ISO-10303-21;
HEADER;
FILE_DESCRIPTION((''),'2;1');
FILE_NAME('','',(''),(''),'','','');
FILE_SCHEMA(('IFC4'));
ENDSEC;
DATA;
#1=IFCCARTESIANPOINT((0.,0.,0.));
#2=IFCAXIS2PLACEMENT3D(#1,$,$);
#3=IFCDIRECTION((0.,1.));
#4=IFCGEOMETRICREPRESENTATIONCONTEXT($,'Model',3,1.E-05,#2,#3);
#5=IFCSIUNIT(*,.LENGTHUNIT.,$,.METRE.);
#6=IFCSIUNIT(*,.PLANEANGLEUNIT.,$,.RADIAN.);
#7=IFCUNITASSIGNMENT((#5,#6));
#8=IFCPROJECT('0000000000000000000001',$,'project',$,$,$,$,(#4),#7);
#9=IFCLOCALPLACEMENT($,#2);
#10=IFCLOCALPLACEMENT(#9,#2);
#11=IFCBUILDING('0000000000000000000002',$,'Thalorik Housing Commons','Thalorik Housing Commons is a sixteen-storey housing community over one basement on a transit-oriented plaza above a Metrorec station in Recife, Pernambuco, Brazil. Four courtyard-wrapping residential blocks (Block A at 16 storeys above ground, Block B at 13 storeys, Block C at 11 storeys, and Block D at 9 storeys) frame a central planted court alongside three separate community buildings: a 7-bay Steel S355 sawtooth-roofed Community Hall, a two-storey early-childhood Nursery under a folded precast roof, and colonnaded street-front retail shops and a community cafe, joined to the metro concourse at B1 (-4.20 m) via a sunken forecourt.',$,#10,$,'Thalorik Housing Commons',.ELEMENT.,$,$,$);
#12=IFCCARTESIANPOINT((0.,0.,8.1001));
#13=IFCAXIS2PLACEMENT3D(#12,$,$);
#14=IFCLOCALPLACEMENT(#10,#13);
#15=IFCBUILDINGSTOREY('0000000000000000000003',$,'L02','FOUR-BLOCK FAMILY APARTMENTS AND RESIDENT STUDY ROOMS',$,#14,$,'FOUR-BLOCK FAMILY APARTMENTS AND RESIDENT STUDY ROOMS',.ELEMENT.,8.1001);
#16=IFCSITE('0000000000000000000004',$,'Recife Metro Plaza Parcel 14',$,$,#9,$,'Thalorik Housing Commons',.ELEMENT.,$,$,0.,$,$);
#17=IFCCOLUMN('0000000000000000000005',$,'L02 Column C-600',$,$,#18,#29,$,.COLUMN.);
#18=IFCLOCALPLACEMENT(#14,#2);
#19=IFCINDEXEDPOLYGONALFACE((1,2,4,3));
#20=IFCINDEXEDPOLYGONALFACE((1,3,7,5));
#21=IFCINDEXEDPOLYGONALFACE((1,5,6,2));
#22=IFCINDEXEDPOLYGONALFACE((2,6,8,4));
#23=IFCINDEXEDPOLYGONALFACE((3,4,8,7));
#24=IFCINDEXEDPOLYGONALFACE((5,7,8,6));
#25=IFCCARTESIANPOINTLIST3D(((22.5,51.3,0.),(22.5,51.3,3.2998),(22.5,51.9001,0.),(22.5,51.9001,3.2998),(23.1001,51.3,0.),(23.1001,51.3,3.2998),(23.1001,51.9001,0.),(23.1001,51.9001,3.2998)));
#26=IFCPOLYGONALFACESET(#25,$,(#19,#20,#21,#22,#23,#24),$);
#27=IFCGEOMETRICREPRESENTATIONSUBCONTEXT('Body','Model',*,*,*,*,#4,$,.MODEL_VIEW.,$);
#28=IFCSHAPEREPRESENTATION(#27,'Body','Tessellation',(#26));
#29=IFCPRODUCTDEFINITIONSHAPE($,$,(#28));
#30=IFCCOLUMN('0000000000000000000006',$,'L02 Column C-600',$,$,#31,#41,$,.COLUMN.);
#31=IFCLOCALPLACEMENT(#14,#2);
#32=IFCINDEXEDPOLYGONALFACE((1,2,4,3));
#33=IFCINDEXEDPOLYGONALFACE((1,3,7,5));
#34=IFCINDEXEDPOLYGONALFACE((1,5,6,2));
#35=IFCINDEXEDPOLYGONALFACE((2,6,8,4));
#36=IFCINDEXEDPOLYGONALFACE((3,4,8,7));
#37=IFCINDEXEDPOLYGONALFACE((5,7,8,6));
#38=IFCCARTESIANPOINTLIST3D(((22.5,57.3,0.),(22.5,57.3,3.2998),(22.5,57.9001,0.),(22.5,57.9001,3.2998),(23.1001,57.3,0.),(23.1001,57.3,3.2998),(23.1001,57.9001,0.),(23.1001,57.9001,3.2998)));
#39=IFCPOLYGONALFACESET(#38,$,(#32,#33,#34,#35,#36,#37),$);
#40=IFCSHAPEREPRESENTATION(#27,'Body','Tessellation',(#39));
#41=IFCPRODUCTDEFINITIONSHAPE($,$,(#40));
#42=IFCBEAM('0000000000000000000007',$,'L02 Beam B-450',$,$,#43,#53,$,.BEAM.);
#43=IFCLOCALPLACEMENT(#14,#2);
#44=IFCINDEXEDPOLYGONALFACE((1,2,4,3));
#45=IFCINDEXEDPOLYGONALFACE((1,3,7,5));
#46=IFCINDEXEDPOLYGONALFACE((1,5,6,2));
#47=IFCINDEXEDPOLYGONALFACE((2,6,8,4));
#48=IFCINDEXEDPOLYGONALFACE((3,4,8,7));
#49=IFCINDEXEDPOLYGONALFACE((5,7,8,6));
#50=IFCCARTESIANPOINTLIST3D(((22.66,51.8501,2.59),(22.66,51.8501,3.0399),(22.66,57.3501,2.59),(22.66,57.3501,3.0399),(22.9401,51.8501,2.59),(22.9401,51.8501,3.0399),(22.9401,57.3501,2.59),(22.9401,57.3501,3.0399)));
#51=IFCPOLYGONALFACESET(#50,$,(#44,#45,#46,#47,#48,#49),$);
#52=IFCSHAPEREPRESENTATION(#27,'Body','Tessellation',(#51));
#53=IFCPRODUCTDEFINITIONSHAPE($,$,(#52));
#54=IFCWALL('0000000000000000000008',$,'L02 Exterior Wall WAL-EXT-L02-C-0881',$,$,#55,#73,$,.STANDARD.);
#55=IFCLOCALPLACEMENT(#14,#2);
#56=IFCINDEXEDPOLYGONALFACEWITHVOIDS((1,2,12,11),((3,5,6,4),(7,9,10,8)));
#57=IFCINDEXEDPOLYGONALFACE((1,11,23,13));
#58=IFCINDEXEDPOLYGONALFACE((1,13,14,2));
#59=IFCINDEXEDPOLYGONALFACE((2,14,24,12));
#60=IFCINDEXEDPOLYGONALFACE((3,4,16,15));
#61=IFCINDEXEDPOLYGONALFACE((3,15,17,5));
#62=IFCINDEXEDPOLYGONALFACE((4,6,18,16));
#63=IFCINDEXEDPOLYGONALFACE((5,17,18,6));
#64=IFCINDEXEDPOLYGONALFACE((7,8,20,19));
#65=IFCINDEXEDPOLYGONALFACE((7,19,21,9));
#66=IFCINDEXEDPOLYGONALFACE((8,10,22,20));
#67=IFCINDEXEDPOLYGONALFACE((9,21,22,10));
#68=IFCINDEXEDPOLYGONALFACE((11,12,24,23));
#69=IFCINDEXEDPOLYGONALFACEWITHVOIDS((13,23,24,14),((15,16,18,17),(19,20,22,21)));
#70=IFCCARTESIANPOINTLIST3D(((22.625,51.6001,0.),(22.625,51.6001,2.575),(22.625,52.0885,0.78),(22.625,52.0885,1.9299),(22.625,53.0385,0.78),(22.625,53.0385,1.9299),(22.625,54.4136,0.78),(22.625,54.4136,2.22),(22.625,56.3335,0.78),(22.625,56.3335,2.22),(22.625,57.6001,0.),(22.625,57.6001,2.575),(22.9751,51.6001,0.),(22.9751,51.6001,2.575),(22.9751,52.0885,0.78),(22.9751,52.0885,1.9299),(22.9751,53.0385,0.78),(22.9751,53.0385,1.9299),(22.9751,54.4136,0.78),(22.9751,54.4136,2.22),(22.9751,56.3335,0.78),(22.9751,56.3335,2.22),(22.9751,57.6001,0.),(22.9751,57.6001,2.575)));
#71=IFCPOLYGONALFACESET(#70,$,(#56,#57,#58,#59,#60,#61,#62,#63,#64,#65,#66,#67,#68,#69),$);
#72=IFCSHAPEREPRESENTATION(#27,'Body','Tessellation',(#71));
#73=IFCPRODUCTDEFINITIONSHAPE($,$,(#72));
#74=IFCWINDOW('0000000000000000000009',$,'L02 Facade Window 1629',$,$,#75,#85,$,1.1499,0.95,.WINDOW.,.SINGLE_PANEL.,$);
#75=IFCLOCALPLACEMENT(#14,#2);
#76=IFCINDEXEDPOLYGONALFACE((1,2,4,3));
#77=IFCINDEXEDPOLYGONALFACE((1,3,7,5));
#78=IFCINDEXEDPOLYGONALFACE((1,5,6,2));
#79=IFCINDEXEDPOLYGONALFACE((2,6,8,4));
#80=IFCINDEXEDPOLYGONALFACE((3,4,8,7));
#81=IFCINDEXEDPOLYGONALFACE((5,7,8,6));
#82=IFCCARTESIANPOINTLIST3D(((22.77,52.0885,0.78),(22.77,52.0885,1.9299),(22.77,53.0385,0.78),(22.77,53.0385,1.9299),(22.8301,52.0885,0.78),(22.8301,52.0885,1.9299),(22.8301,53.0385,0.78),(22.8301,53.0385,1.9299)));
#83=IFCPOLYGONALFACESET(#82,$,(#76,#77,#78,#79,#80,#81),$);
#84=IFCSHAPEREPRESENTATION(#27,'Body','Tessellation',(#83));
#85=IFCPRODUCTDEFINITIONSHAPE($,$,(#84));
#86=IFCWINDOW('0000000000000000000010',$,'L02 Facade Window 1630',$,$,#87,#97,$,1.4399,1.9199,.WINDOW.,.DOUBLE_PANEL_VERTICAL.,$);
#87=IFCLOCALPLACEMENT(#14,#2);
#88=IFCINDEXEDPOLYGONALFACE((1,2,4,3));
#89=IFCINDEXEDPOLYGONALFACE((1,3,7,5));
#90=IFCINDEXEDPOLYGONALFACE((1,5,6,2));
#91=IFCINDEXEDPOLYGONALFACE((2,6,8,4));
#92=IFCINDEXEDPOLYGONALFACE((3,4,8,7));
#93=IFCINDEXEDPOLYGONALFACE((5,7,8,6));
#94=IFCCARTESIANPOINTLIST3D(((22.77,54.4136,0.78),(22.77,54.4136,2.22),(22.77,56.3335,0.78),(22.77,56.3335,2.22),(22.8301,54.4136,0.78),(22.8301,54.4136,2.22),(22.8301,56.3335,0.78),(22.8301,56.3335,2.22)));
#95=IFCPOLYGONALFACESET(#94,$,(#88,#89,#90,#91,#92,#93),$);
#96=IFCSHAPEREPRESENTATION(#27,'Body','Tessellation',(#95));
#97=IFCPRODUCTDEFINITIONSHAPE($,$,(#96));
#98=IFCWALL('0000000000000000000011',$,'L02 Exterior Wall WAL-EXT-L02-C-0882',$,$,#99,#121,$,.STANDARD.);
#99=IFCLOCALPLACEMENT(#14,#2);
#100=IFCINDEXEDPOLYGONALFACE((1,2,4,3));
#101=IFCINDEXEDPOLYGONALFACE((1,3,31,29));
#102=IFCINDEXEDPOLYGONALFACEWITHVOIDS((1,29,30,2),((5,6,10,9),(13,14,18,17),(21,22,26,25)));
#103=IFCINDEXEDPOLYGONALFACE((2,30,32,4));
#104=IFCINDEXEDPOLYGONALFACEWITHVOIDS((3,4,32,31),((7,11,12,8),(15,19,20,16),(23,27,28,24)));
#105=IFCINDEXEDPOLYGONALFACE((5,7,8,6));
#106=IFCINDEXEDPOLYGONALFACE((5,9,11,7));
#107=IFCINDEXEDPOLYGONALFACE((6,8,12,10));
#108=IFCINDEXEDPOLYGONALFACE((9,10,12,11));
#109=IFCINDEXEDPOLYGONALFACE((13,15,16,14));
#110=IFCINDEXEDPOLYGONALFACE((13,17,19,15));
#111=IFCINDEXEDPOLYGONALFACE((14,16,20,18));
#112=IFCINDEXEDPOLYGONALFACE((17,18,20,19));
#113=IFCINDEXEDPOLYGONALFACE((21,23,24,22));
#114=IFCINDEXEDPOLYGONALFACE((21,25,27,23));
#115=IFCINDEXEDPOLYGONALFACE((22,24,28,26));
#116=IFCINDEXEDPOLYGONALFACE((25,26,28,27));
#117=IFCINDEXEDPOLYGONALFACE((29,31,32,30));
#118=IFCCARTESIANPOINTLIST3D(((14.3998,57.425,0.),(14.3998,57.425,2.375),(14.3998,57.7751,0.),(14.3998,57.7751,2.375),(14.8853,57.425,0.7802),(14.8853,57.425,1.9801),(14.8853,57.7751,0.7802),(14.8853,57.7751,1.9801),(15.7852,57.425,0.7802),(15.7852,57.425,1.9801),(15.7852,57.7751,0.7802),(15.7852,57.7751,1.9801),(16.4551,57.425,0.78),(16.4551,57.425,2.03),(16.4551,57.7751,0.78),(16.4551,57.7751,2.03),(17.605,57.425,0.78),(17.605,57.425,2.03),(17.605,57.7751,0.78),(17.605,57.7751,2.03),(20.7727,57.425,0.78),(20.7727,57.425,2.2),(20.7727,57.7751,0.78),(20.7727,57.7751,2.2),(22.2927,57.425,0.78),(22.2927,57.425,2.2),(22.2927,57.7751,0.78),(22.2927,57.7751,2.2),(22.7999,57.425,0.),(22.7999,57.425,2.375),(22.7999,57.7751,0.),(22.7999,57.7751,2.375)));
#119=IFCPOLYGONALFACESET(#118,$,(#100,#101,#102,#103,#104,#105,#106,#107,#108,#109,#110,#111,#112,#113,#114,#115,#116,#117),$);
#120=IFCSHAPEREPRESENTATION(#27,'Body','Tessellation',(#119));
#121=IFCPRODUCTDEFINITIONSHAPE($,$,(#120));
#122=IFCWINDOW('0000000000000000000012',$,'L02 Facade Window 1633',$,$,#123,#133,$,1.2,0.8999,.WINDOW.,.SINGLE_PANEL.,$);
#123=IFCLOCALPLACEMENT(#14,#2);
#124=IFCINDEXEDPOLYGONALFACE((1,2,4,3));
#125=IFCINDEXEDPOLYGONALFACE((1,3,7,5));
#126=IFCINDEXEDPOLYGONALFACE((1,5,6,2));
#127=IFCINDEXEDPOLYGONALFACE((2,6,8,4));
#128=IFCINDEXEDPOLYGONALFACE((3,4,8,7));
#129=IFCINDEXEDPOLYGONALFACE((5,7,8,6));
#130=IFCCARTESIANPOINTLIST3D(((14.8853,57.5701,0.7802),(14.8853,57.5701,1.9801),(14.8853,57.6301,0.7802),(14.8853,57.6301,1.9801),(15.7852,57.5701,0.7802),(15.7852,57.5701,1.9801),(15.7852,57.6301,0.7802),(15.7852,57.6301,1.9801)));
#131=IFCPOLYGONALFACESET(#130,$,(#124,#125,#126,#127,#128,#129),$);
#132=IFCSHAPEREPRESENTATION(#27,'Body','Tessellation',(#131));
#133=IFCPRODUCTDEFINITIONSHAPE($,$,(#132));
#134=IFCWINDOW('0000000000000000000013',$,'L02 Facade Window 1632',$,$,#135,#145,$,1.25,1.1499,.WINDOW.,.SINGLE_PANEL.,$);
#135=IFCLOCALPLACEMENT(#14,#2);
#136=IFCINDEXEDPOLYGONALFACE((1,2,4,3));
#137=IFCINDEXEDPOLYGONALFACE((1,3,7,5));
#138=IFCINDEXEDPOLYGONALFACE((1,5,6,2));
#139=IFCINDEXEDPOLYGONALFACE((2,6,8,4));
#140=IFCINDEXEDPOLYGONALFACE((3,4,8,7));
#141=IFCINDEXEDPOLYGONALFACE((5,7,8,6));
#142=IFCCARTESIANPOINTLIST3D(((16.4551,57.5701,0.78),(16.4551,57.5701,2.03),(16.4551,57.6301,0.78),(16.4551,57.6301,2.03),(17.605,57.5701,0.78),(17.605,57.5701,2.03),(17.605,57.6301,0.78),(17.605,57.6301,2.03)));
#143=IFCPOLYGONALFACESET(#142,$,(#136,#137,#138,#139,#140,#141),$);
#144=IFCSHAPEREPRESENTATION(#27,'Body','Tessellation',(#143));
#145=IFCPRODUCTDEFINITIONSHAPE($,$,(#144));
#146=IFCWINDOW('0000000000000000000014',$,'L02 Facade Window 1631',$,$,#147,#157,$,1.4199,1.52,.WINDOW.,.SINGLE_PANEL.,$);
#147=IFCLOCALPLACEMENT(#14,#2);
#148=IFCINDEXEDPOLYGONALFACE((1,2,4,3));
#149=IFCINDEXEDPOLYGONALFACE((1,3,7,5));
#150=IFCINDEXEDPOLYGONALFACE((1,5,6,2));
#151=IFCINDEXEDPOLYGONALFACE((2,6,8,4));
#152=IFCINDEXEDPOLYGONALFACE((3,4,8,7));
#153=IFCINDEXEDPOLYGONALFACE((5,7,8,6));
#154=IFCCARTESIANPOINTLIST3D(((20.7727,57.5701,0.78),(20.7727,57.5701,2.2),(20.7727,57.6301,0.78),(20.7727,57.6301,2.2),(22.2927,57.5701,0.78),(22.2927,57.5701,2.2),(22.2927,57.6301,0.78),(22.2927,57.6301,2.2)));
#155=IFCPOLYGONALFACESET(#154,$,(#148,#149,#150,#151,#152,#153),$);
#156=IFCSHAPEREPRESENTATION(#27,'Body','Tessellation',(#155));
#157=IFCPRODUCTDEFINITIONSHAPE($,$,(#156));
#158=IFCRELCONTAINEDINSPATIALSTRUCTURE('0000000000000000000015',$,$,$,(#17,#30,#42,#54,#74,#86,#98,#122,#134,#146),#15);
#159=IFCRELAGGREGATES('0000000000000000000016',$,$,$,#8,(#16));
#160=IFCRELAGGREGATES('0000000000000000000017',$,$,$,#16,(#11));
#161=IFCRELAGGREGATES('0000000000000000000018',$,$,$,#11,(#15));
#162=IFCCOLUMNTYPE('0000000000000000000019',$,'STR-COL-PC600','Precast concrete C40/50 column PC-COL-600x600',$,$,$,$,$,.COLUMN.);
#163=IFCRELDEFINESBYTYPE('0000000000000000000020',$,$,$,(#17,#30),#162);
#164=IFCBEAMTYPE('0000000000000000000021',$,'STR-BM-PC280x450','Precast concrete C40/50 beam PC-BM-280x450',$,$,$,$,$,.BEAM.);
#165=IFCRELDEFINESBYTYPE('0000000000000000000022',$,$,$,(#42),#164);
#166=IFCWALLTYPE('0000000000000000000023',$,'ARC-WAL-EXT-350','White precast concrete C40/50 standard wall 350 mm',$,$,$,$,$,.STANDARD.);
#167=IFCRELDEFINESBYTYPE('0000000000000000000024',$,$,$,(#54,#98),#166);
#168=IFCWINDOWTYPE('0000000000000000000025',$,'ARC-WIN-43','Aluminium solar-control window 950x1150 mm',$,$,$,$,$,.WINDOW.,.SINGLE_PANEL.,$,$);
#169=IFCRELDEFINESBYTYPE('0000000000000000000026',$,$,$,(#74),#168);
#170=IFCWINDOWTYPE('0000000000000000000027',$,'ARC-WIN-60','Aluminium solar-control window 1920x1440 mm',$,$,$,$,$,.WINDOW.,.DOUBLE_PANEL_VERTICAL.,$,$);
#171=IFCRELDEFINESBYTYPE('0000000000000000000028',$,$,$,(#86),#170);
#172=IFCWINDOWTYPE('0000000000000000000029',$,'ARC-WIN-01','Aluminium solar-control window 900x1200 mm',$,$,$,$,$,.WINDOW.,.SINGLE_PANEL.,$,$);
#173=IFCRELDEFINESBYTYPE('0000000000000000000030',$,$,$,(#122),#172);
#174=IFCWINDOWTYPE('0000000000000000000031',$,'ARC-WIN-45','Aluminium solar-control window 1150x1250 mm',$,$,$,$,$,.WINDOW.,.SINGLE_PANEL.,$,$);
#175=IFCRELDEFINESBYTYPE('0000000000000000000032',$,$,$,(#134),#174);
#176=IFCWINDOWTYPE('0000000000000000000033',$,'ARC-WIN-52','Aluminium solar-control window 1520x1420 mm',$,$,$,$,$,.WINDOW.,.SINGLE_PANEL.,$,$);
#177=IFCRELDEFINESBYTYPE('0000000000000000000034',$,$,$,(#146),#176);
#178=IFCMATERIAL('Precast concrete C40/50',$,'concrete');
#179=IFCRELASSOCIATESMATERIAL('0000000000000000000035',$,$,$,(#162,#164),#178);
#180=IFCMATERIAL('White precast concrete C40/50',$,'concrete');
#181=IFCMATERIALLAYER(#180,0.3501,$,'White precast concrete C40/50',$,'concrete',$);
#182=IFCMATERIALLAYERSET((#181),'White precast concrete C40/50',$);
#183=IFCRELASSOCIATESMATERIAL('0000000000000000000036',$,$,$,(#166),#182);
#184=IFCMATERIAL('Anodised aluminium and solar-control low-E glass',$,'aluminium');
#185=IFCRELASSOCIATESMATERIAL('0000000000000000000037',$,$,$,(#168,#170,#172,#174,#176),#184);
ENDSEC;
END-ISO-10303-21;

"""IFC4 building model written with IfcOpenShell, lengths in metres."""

from ifc_helpers import new_model, si_unit, direction, frame, frame_2d, origin, origin_2d, place, context, subcontext, project, spatial, rectangle, extrude, material, layer, layer_set, material_profile, profile_set, type_object, element, fill, save


model = new_model("IFC4")

# Units and contexts
model_context = context("Model", 3, precision=1e-05, world=origin(), true_north=direction((0.0, 1.0)))
body_context = subcontext(model_context, "Body", "Model", "MODEL_VIEW")
ifc_project = project(units=[si_unit("LENGTHUNIT", "METRE"), si_unit("PLANEANGLEUNIT", "RADIAN")], contexts=[model_context])

# Site, building, storey
site_placement = place(None, origin())
site = spatial("IfcSite", under=ifc_project, at=site_placement, Name="Recife Metro Plaza Parcel 14", LongName="Thalorik Housing Commons", CompositionType="ELEMENT", RefElevation=0.0)
building_placement = place(site_placement, origin())
building = spatial("IfcBuilding", under=site, at=building_placement, Name="Thalorik Housing Commons", Description="Thalorik Housing Commons is a sixteen-storey housing community over one basement on a transit-oriented plaza above a Metrorec station in Recife, Pernambuco, Brazil. Four courtyard-wrapping residential blocks (Block A at 16 storeys above ground, Block B at 13 storeys, Block C at 11 storeys, and Block D at 9 storeys) frame a central planted court alongside three separate community buildings: a 7-bay Steel S355 sawtooth-roofed Community Hall, a two-storey early-childhood Nursery under a folded precast roof, and colonnaded street-front retail shops and a community cafe, joined to the metro concourse at B1 (-4.20 m) via a sunken forecourt.", LongName="Thalorik Housing Commons", CompositionType="ELEMENT")
storey_placement = place(building_placement, frame((0.0, 0.0, 8.1001)))
storey = spatial("IfcBuildingStorey", under=building, at=storey_placement, Name="L02", Description="FOUR-BLOCK FAMILY APARTMENTS AND RESIDENT STUDY ROOMS", LongName="FOUR-BLOCK FAMILY APARTMENTS AND RESIDENT STUDY ROOMS", CompositionType="ELEMENT", Elevation=8.1001)

# Columns
ifc_material_1 = material(Name="Precast concrete C40/50", Category="concrete")
ifc_material_profile_1 = material_profile(ifc_material_1, rectangle(XDim=0.6001, YDim=0.6001, at=origin_2d()), Name="PC 600x600", Category="concrete")
ifc_profile_set_1 = profile_set([ifc_material_profile_1], Name="Precast concrete C40/50")
column_type = type_object("IfcColumnType", Name="STR-COL-PC600", Description="Precast concrete C40/50 column PC-COL-600x600", PredefinedType="COLUMN", material=ifc_profile_set_1)
for number, where, z_axis, x_axis, name in (
    (1, (22.8, 51.6001, 0.0), (0.0, 0.0, 1.0), (1.0, 0.0, 0.0), "L02 Column C-600"),
    (2, (22.8, 57.6001, 0.0), (0.0, 0.0, 1.0), (1.0, 0.0, 0.0), "L02 Column C-600"),
):
    element("IfcColumn", number, at=place(storey_placement, frame(where, z_axis=z_axis, x_axis=x_axis)), inside=storey, type_object=column_type, Name=name, PredefinedType="COLUMN", context=body_context, shape_type="SweptSolid", body=[
        extrude(rectangle(XDim=0.6001, YDim=0.6001, at=origin_2d()), origin(), (0.0, 0.0, 1.0), 3.2998),
    ])

# Beam
ifc_material_profile_2 = material_profile(ifc_material_1, rectangle(XDim=0.28, YDim=0.45, at=origin_2d()), Name="PC 280x450", Category="concrete")
ifc_profile_set_2 = profile_set([ifc_material_profile_2], Name="Precast concrete C40/50")
beam_type = type_object("IfcBeamType", Name="STR-BM-PC280x450", Description="Precast concrete C40/50 beam PC-BM-280x450", PredefinedType="BEAM", material=ifc_profile_set_2)
beam_placement = place(storey_placement, frame((22.8, 51.8501, 2.8149), z_axis=(0.0, 1.0, 0.0), x_axis=(-1.0, 0.0, 0.0)))
element("IfcBeam", 3, at=beam_placement, inside=storey, type_object=beam_type, Name="L02 Beam B-450", PredefinedType="BEAM", context=body_context, shape_type="SweptSolid", body=[
    extrude(rectangle(XDim=0.28, YDim=0.45, at=origin_2d()), origin(), (0.0, 0.0, 1.0), 5.5),
])

# Walls, openings, windows
ifc_material_2 = material(Name="White precast concrete C40/50", Category="concrete")
ifc_layer_1 = layer(ifc_material_2, 0.3501, Name="White precast concrete C40/50", Category="concrete")
ifc_layer_set_1 = layer_set([ifc_layer_1], Name="White precast concrete C40/50")
wall_type_1 = type_object("IfcWallType", Name="ARC-WAL-EXT-350", Description="White precast concrete C40/50 standard wall 350 mm", PredefinedType="STANDARD", material=ifc_layer_set_1)
wall_1_placement = place(storey_placement, frame((22.8, 51.6001, 0.0), z_axis=(0.0, 0.0, 1.0), x_axis=(0.0, 1.0, 0.0)))
wall_1 = element("IfcWall", 4, at=wall_1_placement, inside=storey, type_object=wall_type_1, Name="L02 Exterior Wall WAL-EXT-L02-C-0881", PredefinedType="STANDARD", context=body_context, shape_type="SweptSolid", body=[
    extrude(rectangle(XDim=6.0, YDim=0.3501, at=frame_2d((3.0, 0.0))), origin(), (0.0, 0.0, 1.0), 2.575),
])
opening_1_placement = place(wall_1_placement, frame((0.4883, 0.0, 0.78)))
opening_1 = element("IfcOpeningElement", 5, at=opening_1_placement, cuts=wall_1, PredefinedType="OPENING", context=body_context, shape_type="SweptSolid", body=[
    extrude(rectangle(XDim=0.95, YDim=1.1499, at=frame_2d((0.4751, 0.575))), frame((0.0, 0.1851, 0.0), z_axis=(0.0, -1.0, 0.0), x_axis=(1.0, 0.0, 0.0)), (0.0, 0.0, 1.0), 0.3701),
])
opening_2_placement = place(wall_1_placement, frame((2.8135, 0.0, 0.78)))
opening_2 = element("IfcOpeningElement", 6, at=opening_2_placement, cuts=wall_1, PredefinedType="OPENING", context=body_context, shape_type="SweptSolid", body=[
    extrude(rectangle(XDim=1.9199, YDim=1.4399, at=frame_2d((0.96, 0.72))), frame((0.0, 0.1851, 0.0), z_axis=(0.0, -1.0, 0.0), x_axis=(1.0, 0.0, 0.0)), (0.0, 0.0, 1.0), 0.3701),
])
ifc_material_3 = material(Name="Anodised aluminium and solar-control low-E glass", Category="aluminium")
window_type_1 = type_object("IfcWindowType", Name="ARC-WIN-43", Description="Aluminium solar-control window 950x1150 mm", PartitioningType="SINGLE_PANEL", PredefinedType="WINDOW", material=ifc_material_3)
window_1_placement = place(opening_1_placement, origin())
window_1 = element("IfcWindow", 7, at=window_1_placement, inside=storey, type_object=window_type_1, Name="L02 Facade Window 1629", OverallHeight=1.1499, OverallWidth=0.95, PartitioningType="SINGLE_PANEL", PredefinedType="WINDOW", context=body_context, shape_type="SweptSolid", body=[
    extrude(rectangle(XDim=0.95, YDim=1.1499, at=frame_2d((0.4751, 0.575))), frame((0.0, 0.03, 0.0), z_axis=(0.0, -1.0, 0.0), x_axis=(1.0, 0.0, 0.0)), (0.0, 0.0, 1.0), 0.0601),
])
fill(opening_1, window_1)
window_type_2 = type_object("IfcWindowType", Name="ARC-WIN-60", Description="Aluminium solar-control window 1920x1440 mm", PartitioningType="DOUBLE_PANEL_VERTICAL", PredefinedType="WINDOW", material=ifc_material_3)
window_2_placement = place(opening_2_placement, origin())
window_2 = element("IfcWindow", 8, at=window_2_placement, inside=storey, type_object=window_type_2, Name="L02 Facade Window 1630", OverallHeight=1.4399, OverallWidth=1.9199, PartitioningType="DOUBLE_PANEL_VERTICAL", PredefinedType="WINDOW", context=body_context, shape_type="SweptSolid", body=[
    extrude(rectangle(XDim=1.9199, YDim=1.4399, at=frame_2d((0.96, 0.72))), frame((0.0, 0.03, 0.0), z_axis=(0.0, -1.0, 0.0), x_axis=(1.0, 0.0, 0.0)), (0.0, 0.0, 1.0), 0.0601),
])
fill(opening_2, window_2)
wall_2_placement = place(storey_placement, frame((22.8, 57.6001, 0.0), z_axis=(0.0, 0.0, 1.0), x_axis=(-1.0, 0.0, 0.0)))
wall_2 = element("IfcWall", 9, at=wall_2_placement, inside=storey, type_object=wall_type_1, Name="L02 Exterior Wall WAL-EXT-L02-C-0882", PredefinedType="STANDARD", context=body_context, shape_type="SweptSolid", body=[
    extrude(rectangle(XDim=8.4001, YDim=0.3501, at=frame_2d((4.2002, 0.0))), origin(), (0.0, 0.0, 1.0), 2.375),
])
opening_3_placement = place(wall_2_placement, frame((0.5073, 0.0, 0.78)))
opening_3 = element("IfcOpeningElement", 10, at=opening_3_placement, cuts=wall_2, PredefinedType="OPENING", context=body_context, shape_type="SweptSolid", body=[
    extrude(rectangle(XDim=1.52, YDim=1.4199, at=frame_2d((0.76, 0.71))), frame((0.0, 0.1851, 0.0), z_axis=(0.0, -1.0, 0.0), x_axis=(1.0, 0.0, 0.0)), (0.0, 0.0, 1.0), 0.3701),
])
opening_4_placement = place(wall_2_placement, frame((5.1951, 0.0, 0.78)))
opening_4 = element("IfcOpeningElement", 11, at=opening_4_placement, cuts=wall_2, PredefinedType="OPENING", context=body_context, shape_type="SweptSolid", body=[
    extrude(rectangle(XDim=1.1499, YDim=1.25, at=frame_2d((0.575, 0.625))), frame((0.0, 0.1851, 0.0), z_axis=(0.0, -1.0, 0.0), x_axis=(1.0, 0.0, 0.0)), (0.0, 0.0, 1.0), 0.3701),
])
opening_5_placement = place(wall_2_placement, frame((7.0149, 0.0, 0.78)))
opening_5 = element("IfcOpeningElement", 12, at=opening_5_placement, cuts=wall_2, PredefinedType="OPENING", context=body_context, shape_type="SweptSolid", body=[
    extrude(rectangle(XDim=0.8999, YDim=1.2, at=frame_2d((0.45, 0.6001))), frame((0.0, 0.1851, 0.0), z_axis=(0.0, -1.0, 0.0), x_axis=(1.0, 0.0, 0.0)), (0.0, 0.0, 1.0), 0.3701),
])
window_type_3 = type_object("IfcWindowType", Name="ARC-WIN-01", Description="Aluminium solar-control window 900x1200 mm", PartitioningType="SINGLE_PANEL", PredefinedType="WINDOW", material=ifc_material_3)
window_3_placement = place(opening_5_placement, origin())
window_3 = element("IfcWindow", 13, at=window_3_placement, inside=storey, type_object=window_type_3, Name="L02 Facade Window 1633", OverallHeight=1.2, OverallWidth=0.8999, PartitioningType="SINGLE_PANEL", PredefinedType="WINDOW", context=body_context, shape_type="SweptSolid", body=[
    extrude(rectangle(XDim=0.8999, YDim=1.2, at=frame_2d((0.45, 0.6001))), frame((0.0, 0.03, 0.0), z_axis=(0.0, -1.0, 0.0), x_axis=(1.0, 0.0, 0.0)), (0.0, 0.0, 1.0), 0.0601),
])
fill(opening_5, window_3)
window_type_4 = type_object("IfcWindowType", Name="ARC-WIN-45", Description="Aluminium solar-control window 1150x1250 mm", PartitioningType="SINGLE_PANEL", PredefinedType="WINDOW", material=ifc_material_3)
window_4_placement = place(opening_4_placement, origin())
window_4 = element("IfcWindow", 14, at=window_4_placement, inside=storey, type_object=window_type_4, Name="L02 Facade Window 1632", OverallHeight=1.25, OverallWidth=1.1499, PartitioningType="SINGLE_PANEL", PredefinedType="WINDOW", context=body_context, shape_type="SweptSolid", body=[
    extrude(rectangle(XDim=1.1499, YDim=1.25, at=frame_2d((0.575, 0.625))), frame((0.0, 0.03, 0.0), z_axis=(0.0, -1.0, 0.0), x_axis=(1.0, 0.0, 0.0)), (0.0, 0.0, 1.0), 0.0601),
])
fill(opening_4, window_4)
window_type_5 = type_object("IfcWindowType", Name="ARC-WIN-52", Description="Aluminium solar-control window 1520x1420 mm", PartitioningType="SINGLE_PANEL", PredefinedType="WINDOW", material=ifc_material_3)
window_5_placement = place(opening_3_placement, origin())
window_5 = element("IfcWindow", 15, at=window_5_placement, inside=storey, type_object=window_type_5, Name="L02 Facade Window 1631", OverallHeight=1.4199, OverallWidth=1.52, PartitioningType="SINGLE_PANEL", PredefinedType="WINDOW", context=body_context, shape_type="SweptSolid", body=[
    extrude(rectangle(XDim=1.52, YDim=1.4199, at=frame_2d((0.76, 0.71))), frame((0.0, 0.03, 0.0), z_axis=(0.0, -1.0, 0.0), x_axis=(1.0, 0.0, 0.0)), (0.0, 0.0, 1.0), 0.0601),
])
fill(opening_3, window_5)

save(model, "model.ifc")
